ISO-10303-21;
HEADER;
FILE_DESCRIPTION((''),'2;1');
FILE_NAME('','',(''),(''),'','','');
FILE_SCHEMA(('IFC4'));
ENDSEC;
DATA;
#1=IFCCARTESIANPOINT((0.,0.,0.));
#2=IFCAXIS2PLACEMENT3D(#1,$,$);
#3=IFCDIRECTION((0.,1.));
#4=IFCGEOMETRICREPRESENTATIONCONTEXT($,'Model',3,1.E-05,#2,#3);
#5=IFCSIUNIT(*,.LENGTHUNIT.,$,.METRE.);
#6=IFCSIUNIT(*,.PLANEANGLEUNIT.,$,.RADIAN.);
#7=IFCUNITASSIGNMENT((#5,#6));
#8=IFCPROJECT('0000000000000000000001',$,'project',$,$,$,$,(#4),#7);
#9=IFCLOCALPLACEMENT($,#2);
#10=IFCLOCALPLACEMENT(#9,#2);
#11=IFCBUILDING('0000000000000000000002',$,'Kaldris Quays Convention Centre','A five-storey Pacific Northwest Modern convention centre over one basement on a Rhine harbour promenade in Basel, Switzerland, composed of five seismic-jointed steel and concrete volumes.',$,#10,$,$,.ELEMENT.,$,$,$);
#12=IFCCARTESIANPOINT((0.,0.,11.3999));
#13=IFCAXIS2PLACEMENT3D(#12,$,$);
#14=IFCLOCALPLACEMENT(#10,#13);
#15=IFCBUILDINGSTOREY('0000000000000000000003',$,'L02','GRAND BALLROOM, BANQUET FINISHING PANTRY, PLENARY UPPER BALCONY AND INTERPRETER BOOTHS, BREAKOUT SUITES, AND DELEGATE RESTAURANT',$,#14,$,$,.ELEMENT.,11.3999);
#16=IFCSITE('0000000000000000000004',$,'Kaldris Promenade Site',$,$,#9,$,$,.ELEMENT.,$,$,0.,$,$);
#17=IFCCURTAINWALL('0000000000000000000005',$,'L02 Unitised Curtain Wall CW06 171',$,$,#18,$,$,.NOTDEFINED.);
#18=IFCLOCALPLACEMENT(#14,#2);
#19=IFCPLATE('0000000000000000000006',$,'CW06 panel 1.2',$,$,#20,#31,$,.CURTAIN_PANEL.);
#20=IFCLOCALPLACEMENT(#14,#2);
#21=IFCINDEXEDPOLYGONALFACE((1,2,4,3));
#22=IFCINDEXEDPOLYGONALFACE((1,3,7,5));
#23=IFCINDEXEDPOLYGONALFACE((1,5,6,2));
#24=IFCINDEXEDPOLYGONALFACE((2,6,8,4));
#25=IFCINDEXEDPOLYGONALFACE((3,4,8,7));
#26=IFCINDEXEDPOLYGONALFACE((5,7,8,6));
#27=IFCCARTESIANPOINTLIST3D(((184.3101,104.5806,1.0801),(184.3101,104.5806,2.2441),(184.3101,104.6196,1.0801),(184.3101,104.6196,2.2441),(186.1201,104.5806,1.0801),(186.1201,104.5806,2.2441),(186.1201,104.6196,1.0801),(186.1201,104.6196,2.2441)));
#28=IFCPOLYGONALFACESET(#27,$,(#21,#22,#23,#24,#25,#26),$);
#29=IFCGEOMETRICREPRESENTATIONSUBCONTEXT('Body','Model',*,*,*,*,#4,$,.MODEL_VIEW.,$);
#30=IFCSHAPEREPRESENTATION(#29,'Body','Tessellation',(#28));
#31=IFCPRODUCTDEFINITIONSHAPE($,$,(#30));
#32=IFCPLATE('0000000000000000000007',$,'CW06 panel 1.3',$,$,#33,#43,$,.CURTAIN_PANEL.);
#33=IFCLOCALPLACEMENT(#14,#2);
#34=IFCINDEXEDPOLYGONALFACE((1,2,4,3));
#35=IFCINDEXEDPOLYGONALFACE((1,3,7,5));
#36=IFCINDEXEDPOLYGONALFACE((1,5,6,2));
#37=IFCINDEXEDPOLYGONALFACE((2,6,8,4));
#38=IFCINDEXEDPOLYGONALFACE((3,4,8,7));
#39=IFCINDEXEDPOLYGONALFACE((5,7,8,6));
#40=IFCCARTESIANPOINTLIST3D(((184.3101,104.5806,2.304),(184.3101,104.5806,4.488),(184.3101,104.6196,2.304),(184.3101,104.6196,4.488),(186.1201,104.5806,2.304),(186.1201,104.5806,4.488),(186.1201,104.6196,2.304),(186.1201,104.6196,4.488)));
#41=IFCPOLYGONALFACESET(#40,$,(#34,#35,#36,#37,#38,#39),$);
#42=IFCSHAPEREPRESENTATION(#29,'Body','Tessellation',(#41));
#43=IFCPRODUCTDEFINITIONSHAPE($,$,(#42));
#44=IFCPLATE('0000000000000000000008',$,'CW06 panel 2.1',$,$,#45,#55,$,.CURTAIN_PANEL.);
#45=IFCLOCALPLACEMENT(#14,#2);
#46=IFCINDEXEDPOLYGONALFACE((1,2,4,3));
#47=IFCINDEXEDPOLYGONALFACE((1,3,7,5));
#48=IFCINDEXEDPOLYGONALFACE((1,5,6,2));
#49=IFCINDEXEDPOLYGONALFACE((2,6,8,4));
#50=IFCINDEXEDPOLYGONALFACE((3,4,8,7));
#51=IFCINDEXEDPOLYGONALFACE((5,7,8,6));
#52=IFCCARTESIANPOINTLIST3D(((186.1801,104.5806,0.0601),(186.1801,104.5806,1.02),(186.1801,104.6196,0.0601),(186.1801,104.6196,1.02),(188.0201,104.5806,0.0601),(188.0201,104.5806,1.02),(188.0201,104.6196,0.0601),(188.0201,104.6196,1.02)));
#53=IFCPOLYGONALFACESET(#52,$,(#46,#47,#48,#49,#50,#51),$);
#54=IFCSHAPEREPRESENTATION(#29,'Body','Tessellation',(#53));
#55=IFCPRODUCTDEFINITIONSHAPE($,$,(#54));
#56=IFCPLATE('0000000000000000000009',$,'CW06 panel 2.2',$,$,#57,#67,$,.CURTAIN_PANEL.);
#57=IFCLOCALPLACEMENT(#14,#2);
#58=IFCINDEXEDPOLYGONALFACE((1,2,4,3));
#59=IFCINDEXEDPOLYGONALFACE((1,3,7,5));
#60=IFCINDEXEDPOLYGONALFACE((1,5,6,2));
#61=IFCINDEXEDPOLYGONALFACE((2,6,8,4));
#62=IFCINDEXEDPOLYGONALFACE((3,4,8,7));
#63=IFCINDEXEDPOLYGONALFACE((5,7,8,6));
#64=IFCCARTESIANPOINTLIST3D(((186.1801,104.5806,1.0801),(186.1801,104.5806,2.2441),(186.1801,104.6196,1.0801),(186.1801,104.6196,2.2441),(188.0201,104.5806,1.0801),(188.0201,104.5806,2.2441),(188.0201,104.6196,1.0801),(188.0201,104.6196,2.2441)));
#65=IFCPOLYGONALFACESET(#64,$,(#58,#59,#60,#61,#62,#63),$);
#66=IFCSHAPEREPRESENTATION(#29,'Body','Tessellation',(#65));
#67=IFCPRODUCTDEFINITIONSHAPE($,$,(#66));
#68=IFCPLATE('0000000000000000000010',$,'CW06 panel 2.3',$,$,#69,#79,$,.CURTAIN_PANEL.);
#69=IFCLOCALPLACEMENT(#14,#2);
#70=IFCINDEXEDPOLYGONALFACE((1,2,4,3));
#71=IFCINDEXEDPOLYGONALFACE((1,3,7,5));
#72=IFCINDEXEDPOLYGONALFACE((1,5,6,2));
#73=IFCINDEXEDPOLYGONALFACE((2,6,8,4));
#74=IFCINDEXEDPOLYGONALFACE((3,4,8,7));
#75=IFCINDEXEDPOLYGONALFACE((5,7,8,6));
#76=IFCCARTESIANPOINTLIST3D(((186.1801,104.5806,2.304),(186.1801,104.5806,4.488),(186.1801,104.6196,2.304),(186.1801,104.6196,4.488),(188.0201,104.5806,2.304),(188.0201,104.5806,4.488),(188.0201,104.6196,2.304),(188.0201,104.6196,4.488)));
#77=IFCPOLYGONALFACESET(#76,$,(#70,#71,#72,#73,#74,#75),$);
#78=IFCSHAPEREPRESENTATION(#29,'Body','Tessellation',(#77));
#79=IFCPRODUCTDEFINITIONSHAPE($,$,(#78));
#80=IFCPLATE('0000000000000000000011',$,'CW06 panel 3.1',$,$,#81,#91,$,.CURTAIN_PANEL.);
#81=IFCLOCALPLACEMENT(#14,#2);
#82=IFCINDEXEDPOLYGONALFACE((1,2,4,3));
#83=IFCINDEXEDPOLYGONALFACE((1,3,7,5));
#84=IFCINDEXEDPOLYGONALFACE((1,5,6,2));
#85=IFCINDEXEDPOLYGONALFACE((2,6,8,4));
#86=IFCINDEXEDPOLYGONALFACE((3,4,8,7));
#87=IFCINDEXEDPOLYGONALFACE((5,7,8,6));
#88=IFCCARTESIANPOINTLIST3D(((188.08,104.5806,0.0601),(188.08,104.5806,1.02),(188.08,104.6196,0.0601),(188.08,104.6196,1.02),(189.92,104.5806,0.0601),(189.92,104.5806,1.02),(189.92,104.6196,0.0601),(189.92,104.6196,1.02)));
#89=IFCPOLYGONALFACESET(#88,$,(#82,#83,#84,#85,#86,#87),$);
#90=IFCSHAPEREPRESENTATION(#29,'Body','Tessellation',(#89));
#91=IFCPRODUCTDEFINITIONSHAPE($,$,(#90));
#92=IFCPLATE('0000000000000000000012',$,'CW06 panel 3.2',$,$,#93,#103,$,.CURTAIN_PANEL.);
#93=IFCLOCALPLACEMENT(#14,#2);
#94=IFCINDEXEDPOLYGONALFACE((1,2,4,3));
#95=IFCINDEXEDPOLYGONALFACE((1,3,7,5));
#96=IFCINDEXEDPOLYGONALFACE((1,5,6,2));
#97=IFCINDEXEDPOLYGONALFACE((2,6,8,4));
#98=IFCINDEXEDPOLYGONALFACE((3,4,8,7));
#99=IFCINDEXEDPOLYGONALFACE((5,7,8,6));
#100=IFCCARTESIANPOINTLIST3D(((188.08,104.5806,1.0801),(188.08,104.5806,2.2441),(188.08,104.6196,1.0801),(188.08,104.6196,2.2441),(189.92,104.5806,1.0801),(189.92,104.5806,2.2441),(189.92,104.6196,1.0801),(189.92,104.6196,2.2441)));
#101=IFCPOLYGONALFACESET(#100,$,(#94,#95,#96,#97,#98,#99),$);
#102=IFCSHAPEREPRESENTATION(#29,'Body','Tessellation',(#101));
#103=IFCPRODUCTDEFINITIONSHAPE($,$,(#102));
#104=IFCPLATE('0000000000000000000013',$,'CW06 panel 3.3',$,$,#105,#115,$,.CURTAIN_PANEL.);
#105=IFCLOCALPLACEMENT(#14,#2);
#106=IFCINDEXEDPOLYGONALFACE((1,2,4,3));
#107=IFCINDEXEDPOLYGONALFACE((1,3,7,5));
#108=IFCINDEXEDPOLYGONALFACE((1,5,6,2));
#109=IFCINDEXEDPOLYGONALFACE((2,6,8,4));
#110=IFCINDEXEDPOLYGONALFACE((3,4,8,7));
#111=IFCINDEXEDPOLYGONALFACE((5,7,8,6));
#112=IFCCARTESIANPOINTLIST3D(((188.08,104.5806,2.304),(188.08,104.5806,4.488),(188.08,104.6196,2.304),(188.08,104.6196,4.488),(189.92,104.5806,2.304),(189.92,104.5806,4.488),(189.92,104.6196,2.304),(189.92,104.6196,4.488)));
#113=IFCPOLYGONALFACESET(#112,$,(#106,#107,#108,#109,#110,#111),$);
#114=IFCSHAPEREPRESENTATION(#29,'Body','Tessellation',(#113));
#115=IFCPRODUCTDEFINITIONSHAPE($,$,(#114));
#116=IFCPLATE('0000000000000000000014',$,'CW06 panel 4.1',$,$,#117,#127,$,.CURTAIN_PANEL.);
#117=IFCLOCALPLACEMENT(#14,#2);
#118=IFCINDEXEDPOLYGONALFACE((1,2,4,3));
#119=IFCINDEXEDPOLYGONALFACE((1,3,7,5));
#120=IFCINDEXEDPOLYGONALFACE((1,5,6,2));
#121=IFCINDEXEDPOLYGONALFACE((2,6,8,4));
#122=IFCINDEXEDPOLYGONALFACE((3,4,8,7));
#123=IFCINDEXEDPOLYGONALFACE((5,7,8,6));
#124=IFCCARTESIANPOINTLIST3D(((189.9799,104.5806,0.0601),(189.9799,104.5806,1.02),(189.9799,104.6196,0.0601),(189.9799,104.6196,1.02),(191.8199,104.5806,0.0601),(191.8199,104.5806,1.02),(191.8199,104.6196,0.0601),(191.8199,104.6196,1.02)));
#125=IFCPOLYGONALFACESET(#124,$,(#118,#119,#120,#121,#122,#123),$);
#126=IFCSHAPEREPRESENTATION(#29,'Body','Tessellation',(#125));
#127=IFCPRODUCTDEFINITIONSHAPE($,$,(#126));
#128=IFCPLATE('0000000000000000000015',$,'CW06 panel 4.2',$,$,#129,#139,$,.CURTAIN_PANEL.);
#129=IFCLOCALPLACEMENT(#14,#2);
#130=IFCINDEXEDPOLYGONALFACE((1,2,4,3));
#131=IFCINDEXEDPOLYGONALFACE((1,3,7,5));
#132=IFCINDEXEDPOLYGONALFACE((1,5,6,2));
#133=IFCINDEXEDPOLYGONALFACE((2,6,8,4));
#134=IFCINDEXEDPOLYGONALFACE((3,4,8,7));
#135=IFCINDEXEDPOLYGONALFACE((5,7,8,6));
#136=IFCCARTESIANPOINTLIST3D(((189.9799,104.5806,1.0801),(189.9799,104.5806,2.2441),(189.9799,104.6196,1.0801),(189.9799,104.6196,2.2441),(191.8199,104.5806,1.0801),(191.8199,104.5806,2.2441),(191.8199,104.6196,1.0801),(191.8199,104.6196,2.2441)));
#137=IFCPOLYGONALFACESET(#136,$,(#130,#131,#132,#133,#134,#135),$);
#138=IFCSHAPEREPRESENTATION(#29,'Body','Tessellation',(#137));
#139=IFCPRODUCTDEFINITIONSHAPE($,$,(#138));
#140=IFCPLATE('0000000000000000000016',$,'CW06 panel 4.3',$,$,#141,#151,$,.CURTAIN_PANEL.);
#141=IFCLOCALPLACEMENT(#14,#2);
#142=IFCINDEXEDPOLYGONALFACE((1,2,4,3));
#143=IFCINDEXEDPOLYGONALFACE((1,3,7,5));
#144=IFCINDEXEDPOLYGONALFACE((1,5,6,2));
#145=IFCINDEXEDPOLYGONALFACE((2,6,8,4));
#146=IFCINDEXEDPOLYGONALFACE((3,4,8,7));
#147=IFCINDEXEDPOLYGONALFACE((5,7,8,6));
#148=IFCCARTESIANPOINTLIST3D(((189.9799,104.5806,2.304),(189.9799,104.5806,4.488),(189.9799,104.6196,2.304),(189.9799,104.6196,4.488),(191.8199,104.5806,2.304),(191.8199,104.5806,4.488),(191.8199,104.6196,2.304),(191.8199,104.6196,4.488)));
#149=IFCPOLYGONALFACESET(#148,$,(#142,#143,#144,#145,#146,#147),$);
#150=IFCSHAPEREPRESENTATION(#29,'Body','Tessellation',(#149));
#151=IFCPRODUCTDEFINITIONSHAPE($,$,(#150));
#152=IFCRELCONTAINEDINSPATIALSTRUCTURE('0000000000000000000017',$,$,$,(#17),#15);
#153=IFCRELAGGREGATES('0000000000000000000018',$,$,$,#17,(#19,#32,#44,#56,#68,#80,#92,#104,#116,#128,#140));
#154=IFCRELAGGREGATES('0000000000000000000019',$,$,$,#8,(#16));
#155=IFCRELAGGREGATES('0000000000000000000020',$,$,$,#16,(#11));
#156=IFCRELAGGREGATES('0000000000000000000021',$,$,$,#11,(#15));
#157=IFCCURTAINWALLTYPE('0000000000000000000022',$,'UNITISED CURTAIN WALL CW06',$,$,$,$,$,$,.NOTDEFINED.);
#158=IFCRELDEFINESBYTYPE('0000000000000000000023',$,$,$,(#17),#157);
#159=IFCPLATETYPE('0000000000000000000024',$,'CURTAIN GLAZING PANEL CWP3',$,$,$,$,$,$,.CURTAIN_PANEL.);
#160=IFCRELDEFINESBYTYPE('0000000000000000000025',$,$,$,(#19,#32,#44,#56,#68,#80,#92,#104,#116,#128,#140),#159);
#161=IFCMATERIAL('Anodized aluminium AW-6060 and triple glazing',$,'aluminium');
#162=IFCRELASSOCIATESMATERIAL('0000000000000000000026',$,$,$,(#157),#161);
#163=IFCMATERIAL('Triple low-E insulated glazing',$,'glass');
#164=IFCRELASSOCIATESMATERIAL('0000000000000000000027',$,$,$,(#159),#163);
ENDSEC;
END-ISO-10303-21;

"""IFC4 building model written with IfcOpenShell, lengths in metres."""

from ifc_helpers import new_model, si_unit, direction, frame, origin, origin_2d, place, context, subcontext, project, spatial, rectangle, extrude, material, type_object, element, aggregate, save


model = new_model("IFC4")

# Units and contexts
model_context = context("Model", 3, precision=1e-05, world=origin(), true_north=direction((0.0, 1.0)))
body_context = subcontext(model_context, "Body", "Model", "MODEL_VIEW")
ifc_project = project(units=[si_unit("LENGTHUNIT", "METRE"), si_unit("PLANEANGLEUNIT", "RADIAN")], contexts=[model_context])

# Site, building, storey
site_placement = place(None, origin())
site = spatial("IfcSite", under=ifc_project, at=site_placement, Name="Kaldris Promenade Site", CompositionType="ELEMENT", RefElevation=0.0)
building_placement = place(site_placement, origin())
building = spatial("IfcBuilding", under=site, at=building_placement, Name="Kaldris Quays Convention Centre", Description="A five-storey Pacific Northwest Modern convention centre over one basement on a Rhine harbour promenade in Basel, Switzerland, composed of five seismic-jointed steel and concrete volumes.", CompositionType="ELEMENT")
storey_placement = place(building_placement, frame((0.0, 0.0, 11.3999)))
storey = spatial("IfcBuildingStorey", under=building, at=storey_placement, Name="L02", Description="GRAND BALLROOM, BANQUET FINISHING PANTRY, PLENARY UPPER BALCONY AND INTERPRETER BOOTHS, BREAKOUT SUITES, AND DELEGATE RESTAURANT", CompositionType="ELEMENT", Elevation=11.3999)

# Curtain wall, plates
ifc_material_1 = material(Name="Anodized aluminium AW-6060 and triple glazing", Category="aluminium")
curtain_wall_type = type_object("IfcCurtainWallType", Name="UNITISED CURTAIN WALL CW06", PredefinedType="NOTDEFINED", material=ifc_material_1)
curtain_wall_placement = place(storey_placement, origin())
curtain_wall = element("IfcCurtainWall", 1, at=curtain_wall_placement, inside=storey, type_object=curtain_wall_type, Name="L02 Unitised Curtain Wall CW06 171", PredefinedType="NOTDEFINED")
ifc_material_2 = material(Name="Triple low-E insulated glazing", Category="glass")
plate_type = type_object("IfcPlateType", Name="CURTAIN GLAZING PANEL CWP3", PredefinedType="CURTAIN_PANEL", material=ifc_material_2)
plate_1_placement = place(storey_placement, frame((185.2151, 104.6001, 1.0801), z_axis=(0.0, 0.0, 1.0), x_axis=(1.0, 0.0, 0.0)))
plate_1 = element("IfcPlate", 2, at=plate_1_placement, type_object=plate_type, Name="CW06 panel 1.2", PredefinedType="CURTAIN_PANEL", context=body_context, shape_type="SweptSolid", body=[
    extrude(rectangle(XDim=1.8101, YDim=0.0391, at=origin_2d()), origin(), (0.0, 0.0, 1.0), 1.1641),
])
plate_2_placement = place(storey_placement, frame((185.2151, 104.6001, 2.304), z_axis=(0.0, 0.0, 1.0), x_axis=(1.0, 0.0, 0.0)))
plate_2 = element("IfcPlate", 3, at=plate_2_placement, type_object=plate_type, Name="CW06 panel 1.3", PredefinedType="CURTAIN_PANEL", context=body_context, shape_type="SweptSolid", body=[
    extrude(rectangle(XDim=1.8101, YDim=0.0391, at=origin_2d()), origin(), (0.0, 0.0, 1.0), 2.1841),
])
plate_3_placement = place(storey_placement, frame((187.1001, 104.6001, 0.0601), z_axis=(0.0, 0.0, 1.0), x_axis=(1.0, 0.0, 0.0)))
plate_3 = element("IfcPlate", 4, at=plate_3_placement, type_object=plate_type, Name="CW06 panel 2.1", PredefinedType="CURTAIN_PANEL", context=body_context, shape_type="SweptSolid", body=[
    extrude(rectangle(XDim=1.8401, YDim=0.0391, at=origin_2d()), origin(), (0.0, 0.0, 1.0), 0.96),
])
plate_4_placement = place(storey_placement, frame((187.1001, 104.6001, 1.0801), z_axis=(0.0, 0.0, 1.0), x_axis=(1.0, 0.0, 0.0)))
plate_4 = element("IfcPlate", 5, at=plate_4_placement, type_object=plate_type, Name="CW06 panel 2.2", PredefinedType="CURTAIN_PANEL", context=body_context, shape_type="SweptSolid", body=[
    extrude(rectangle(XDim=1.8401, YDim=0.0391, at=origin_2d()), origin(), (0.0, 0.0, 1.0), 1.1641),
])
plate_5_placement = place(storey_placement, frame((187.1001, 104.6001, 2.304), z_axis=(0.0, 0.0, 1.0), x_axis=(1.0, 0.0, 0.0)))
plate_5 = element("IfcPlate", 6, at=plate_5_placement, type_object=plate_type, Name="CW06 panel 2.3", PredefinedType="CURTAIN_PANEL", context=body_context, shape_type="SweptSolid", body=[
    extrude(rectangle(XDim=1.8401, YDim=0.0391, at=origin_2d()), origin(), (0.0, 0.0, 1.0), 2.1841),
])
plate_6_placement = place(storey_placement, frame((189.0, 104.6001, 0.0601), z_axis=(0.0, 0.0, 1.0), x_axis=(1.0, 0.0, 0.0)))
plate_6 = element("IfcPlate", 7, at=plate_6_placement, type_object=plate_type, Name="CW06 panel 3.1", PredefinedType="CURTAIN_PANEL", context=body_context, shape_type="SweptSolid", body=[
    extrude(rectangle(XDim=1.8401, YDim=0.0391, at=origin_2d()), origin(), (0.0, 0.0, 1.0), 0.96),
])
plate_7_placement = place(storey_placement, frame((189.0, 104.6001, 1.0801), z_axis=(0.0, 0.0, 1.0), x_axis=(1.0, 0.0, 0.0)))
plate_7 = element("IfcPlate", 8, at=plate_7_placement, type_object=plate_type, Name="CW06 panel 3.2", PredefinedType="CURTAIN_PANEL", context=body_context, shape_type="SweptSolid", body=[
    extrude(rectangle(XDim=1.8401, YDim=0.0391, at=origin_2d()), origin(), (0.0, 0.0, 1.0), 1.1641),
])
plate_8_placement = place(storey_placement, frame((189.0, 104.6001, 2.304), z_axis=(0.0, 0.0, 1.0), x_axis=(1.0, 0.0, 0.0)))
plate_8 = element("IfcPlate", 9, at=plate_8_placement, type_object=plate_type, Name="CW06 panel 3.3", PredefinedType="CURTAIN_PANEL", context=body_context, shape_type="SweptSolid", body=[
    extrude(rectangle(XDim=1.8401, YDim=0.0391, at=origin_2d()), origin(), (0.0, 0.0, 1.0), 2.1841),
])
plate_9_placement = place(storey_placement, frame((190.8999, 104.6001, 0.0601), z_axis=(0.0, 0.0, 1.0), x_axis=(1.0, 0.0, 0.0)))
plate_9 = element("IfcPlate", 10, at=plate_9_placement, type_object=plate_type, Name="CW06 panel 4.1", PredefinedType="CURTAIN_PANEL", context=body_context, shape_type="SweptSolid", body=[
    extrude(rectangle(XDim=1.8401, YDim=0.0391, at=origin_2d()), origin(), (0.0, 0.0, 1.0), 0.96),
])
plate_10_placement = place(storey_placement, frame((190.8999, 104.6001, 1.0801), z_axis=(0.0, 0.0, 1.0), x_axis=(1.0, 0.0, 0.0)))
plate_10 = element("IfcPlate", 11, at=plate_10_placement, type_object=plate_type, Name="CW06 panel 4.2", PredefinedType="CURTAIN_PANEL", context=body_context, shape_type="SweptSolid", body=[
    extrude(rectangle(XDim=1.8401, YDim=0.0391, at=origin_2d()), origin(), (0.0, 0.0, 1.0), 1.1641),
])
plate_11_placement = place(storey_placement, frame((190.8999, 104.6001, 2.304), z_axis=(0.0, 0.0, 1.0), x_axis=(1.0, 0.0, 0.0)))
plate_11 = element("IfcPlate", 12, at=plate_11_placement, type_object=plate_type, Name="CW06 panel 4.3", PredefinedType="CURTAIN_PANEL", context=body_context, shape_type="SweptSolid", body=[
    extrude(rectangle(XDim=1.8401, YDim=0.0391, at=origin_2d()), origin(), (0.0, 0.0, 1.0), 2.1841),
])
aggregate(curtain_wall, [plate_1, plate_2, plate_3, plate_4, plate_5, plate_6, plate_7, plate_8, plate_9, plate_10, plate_11])

save(model, "model.ifc")
